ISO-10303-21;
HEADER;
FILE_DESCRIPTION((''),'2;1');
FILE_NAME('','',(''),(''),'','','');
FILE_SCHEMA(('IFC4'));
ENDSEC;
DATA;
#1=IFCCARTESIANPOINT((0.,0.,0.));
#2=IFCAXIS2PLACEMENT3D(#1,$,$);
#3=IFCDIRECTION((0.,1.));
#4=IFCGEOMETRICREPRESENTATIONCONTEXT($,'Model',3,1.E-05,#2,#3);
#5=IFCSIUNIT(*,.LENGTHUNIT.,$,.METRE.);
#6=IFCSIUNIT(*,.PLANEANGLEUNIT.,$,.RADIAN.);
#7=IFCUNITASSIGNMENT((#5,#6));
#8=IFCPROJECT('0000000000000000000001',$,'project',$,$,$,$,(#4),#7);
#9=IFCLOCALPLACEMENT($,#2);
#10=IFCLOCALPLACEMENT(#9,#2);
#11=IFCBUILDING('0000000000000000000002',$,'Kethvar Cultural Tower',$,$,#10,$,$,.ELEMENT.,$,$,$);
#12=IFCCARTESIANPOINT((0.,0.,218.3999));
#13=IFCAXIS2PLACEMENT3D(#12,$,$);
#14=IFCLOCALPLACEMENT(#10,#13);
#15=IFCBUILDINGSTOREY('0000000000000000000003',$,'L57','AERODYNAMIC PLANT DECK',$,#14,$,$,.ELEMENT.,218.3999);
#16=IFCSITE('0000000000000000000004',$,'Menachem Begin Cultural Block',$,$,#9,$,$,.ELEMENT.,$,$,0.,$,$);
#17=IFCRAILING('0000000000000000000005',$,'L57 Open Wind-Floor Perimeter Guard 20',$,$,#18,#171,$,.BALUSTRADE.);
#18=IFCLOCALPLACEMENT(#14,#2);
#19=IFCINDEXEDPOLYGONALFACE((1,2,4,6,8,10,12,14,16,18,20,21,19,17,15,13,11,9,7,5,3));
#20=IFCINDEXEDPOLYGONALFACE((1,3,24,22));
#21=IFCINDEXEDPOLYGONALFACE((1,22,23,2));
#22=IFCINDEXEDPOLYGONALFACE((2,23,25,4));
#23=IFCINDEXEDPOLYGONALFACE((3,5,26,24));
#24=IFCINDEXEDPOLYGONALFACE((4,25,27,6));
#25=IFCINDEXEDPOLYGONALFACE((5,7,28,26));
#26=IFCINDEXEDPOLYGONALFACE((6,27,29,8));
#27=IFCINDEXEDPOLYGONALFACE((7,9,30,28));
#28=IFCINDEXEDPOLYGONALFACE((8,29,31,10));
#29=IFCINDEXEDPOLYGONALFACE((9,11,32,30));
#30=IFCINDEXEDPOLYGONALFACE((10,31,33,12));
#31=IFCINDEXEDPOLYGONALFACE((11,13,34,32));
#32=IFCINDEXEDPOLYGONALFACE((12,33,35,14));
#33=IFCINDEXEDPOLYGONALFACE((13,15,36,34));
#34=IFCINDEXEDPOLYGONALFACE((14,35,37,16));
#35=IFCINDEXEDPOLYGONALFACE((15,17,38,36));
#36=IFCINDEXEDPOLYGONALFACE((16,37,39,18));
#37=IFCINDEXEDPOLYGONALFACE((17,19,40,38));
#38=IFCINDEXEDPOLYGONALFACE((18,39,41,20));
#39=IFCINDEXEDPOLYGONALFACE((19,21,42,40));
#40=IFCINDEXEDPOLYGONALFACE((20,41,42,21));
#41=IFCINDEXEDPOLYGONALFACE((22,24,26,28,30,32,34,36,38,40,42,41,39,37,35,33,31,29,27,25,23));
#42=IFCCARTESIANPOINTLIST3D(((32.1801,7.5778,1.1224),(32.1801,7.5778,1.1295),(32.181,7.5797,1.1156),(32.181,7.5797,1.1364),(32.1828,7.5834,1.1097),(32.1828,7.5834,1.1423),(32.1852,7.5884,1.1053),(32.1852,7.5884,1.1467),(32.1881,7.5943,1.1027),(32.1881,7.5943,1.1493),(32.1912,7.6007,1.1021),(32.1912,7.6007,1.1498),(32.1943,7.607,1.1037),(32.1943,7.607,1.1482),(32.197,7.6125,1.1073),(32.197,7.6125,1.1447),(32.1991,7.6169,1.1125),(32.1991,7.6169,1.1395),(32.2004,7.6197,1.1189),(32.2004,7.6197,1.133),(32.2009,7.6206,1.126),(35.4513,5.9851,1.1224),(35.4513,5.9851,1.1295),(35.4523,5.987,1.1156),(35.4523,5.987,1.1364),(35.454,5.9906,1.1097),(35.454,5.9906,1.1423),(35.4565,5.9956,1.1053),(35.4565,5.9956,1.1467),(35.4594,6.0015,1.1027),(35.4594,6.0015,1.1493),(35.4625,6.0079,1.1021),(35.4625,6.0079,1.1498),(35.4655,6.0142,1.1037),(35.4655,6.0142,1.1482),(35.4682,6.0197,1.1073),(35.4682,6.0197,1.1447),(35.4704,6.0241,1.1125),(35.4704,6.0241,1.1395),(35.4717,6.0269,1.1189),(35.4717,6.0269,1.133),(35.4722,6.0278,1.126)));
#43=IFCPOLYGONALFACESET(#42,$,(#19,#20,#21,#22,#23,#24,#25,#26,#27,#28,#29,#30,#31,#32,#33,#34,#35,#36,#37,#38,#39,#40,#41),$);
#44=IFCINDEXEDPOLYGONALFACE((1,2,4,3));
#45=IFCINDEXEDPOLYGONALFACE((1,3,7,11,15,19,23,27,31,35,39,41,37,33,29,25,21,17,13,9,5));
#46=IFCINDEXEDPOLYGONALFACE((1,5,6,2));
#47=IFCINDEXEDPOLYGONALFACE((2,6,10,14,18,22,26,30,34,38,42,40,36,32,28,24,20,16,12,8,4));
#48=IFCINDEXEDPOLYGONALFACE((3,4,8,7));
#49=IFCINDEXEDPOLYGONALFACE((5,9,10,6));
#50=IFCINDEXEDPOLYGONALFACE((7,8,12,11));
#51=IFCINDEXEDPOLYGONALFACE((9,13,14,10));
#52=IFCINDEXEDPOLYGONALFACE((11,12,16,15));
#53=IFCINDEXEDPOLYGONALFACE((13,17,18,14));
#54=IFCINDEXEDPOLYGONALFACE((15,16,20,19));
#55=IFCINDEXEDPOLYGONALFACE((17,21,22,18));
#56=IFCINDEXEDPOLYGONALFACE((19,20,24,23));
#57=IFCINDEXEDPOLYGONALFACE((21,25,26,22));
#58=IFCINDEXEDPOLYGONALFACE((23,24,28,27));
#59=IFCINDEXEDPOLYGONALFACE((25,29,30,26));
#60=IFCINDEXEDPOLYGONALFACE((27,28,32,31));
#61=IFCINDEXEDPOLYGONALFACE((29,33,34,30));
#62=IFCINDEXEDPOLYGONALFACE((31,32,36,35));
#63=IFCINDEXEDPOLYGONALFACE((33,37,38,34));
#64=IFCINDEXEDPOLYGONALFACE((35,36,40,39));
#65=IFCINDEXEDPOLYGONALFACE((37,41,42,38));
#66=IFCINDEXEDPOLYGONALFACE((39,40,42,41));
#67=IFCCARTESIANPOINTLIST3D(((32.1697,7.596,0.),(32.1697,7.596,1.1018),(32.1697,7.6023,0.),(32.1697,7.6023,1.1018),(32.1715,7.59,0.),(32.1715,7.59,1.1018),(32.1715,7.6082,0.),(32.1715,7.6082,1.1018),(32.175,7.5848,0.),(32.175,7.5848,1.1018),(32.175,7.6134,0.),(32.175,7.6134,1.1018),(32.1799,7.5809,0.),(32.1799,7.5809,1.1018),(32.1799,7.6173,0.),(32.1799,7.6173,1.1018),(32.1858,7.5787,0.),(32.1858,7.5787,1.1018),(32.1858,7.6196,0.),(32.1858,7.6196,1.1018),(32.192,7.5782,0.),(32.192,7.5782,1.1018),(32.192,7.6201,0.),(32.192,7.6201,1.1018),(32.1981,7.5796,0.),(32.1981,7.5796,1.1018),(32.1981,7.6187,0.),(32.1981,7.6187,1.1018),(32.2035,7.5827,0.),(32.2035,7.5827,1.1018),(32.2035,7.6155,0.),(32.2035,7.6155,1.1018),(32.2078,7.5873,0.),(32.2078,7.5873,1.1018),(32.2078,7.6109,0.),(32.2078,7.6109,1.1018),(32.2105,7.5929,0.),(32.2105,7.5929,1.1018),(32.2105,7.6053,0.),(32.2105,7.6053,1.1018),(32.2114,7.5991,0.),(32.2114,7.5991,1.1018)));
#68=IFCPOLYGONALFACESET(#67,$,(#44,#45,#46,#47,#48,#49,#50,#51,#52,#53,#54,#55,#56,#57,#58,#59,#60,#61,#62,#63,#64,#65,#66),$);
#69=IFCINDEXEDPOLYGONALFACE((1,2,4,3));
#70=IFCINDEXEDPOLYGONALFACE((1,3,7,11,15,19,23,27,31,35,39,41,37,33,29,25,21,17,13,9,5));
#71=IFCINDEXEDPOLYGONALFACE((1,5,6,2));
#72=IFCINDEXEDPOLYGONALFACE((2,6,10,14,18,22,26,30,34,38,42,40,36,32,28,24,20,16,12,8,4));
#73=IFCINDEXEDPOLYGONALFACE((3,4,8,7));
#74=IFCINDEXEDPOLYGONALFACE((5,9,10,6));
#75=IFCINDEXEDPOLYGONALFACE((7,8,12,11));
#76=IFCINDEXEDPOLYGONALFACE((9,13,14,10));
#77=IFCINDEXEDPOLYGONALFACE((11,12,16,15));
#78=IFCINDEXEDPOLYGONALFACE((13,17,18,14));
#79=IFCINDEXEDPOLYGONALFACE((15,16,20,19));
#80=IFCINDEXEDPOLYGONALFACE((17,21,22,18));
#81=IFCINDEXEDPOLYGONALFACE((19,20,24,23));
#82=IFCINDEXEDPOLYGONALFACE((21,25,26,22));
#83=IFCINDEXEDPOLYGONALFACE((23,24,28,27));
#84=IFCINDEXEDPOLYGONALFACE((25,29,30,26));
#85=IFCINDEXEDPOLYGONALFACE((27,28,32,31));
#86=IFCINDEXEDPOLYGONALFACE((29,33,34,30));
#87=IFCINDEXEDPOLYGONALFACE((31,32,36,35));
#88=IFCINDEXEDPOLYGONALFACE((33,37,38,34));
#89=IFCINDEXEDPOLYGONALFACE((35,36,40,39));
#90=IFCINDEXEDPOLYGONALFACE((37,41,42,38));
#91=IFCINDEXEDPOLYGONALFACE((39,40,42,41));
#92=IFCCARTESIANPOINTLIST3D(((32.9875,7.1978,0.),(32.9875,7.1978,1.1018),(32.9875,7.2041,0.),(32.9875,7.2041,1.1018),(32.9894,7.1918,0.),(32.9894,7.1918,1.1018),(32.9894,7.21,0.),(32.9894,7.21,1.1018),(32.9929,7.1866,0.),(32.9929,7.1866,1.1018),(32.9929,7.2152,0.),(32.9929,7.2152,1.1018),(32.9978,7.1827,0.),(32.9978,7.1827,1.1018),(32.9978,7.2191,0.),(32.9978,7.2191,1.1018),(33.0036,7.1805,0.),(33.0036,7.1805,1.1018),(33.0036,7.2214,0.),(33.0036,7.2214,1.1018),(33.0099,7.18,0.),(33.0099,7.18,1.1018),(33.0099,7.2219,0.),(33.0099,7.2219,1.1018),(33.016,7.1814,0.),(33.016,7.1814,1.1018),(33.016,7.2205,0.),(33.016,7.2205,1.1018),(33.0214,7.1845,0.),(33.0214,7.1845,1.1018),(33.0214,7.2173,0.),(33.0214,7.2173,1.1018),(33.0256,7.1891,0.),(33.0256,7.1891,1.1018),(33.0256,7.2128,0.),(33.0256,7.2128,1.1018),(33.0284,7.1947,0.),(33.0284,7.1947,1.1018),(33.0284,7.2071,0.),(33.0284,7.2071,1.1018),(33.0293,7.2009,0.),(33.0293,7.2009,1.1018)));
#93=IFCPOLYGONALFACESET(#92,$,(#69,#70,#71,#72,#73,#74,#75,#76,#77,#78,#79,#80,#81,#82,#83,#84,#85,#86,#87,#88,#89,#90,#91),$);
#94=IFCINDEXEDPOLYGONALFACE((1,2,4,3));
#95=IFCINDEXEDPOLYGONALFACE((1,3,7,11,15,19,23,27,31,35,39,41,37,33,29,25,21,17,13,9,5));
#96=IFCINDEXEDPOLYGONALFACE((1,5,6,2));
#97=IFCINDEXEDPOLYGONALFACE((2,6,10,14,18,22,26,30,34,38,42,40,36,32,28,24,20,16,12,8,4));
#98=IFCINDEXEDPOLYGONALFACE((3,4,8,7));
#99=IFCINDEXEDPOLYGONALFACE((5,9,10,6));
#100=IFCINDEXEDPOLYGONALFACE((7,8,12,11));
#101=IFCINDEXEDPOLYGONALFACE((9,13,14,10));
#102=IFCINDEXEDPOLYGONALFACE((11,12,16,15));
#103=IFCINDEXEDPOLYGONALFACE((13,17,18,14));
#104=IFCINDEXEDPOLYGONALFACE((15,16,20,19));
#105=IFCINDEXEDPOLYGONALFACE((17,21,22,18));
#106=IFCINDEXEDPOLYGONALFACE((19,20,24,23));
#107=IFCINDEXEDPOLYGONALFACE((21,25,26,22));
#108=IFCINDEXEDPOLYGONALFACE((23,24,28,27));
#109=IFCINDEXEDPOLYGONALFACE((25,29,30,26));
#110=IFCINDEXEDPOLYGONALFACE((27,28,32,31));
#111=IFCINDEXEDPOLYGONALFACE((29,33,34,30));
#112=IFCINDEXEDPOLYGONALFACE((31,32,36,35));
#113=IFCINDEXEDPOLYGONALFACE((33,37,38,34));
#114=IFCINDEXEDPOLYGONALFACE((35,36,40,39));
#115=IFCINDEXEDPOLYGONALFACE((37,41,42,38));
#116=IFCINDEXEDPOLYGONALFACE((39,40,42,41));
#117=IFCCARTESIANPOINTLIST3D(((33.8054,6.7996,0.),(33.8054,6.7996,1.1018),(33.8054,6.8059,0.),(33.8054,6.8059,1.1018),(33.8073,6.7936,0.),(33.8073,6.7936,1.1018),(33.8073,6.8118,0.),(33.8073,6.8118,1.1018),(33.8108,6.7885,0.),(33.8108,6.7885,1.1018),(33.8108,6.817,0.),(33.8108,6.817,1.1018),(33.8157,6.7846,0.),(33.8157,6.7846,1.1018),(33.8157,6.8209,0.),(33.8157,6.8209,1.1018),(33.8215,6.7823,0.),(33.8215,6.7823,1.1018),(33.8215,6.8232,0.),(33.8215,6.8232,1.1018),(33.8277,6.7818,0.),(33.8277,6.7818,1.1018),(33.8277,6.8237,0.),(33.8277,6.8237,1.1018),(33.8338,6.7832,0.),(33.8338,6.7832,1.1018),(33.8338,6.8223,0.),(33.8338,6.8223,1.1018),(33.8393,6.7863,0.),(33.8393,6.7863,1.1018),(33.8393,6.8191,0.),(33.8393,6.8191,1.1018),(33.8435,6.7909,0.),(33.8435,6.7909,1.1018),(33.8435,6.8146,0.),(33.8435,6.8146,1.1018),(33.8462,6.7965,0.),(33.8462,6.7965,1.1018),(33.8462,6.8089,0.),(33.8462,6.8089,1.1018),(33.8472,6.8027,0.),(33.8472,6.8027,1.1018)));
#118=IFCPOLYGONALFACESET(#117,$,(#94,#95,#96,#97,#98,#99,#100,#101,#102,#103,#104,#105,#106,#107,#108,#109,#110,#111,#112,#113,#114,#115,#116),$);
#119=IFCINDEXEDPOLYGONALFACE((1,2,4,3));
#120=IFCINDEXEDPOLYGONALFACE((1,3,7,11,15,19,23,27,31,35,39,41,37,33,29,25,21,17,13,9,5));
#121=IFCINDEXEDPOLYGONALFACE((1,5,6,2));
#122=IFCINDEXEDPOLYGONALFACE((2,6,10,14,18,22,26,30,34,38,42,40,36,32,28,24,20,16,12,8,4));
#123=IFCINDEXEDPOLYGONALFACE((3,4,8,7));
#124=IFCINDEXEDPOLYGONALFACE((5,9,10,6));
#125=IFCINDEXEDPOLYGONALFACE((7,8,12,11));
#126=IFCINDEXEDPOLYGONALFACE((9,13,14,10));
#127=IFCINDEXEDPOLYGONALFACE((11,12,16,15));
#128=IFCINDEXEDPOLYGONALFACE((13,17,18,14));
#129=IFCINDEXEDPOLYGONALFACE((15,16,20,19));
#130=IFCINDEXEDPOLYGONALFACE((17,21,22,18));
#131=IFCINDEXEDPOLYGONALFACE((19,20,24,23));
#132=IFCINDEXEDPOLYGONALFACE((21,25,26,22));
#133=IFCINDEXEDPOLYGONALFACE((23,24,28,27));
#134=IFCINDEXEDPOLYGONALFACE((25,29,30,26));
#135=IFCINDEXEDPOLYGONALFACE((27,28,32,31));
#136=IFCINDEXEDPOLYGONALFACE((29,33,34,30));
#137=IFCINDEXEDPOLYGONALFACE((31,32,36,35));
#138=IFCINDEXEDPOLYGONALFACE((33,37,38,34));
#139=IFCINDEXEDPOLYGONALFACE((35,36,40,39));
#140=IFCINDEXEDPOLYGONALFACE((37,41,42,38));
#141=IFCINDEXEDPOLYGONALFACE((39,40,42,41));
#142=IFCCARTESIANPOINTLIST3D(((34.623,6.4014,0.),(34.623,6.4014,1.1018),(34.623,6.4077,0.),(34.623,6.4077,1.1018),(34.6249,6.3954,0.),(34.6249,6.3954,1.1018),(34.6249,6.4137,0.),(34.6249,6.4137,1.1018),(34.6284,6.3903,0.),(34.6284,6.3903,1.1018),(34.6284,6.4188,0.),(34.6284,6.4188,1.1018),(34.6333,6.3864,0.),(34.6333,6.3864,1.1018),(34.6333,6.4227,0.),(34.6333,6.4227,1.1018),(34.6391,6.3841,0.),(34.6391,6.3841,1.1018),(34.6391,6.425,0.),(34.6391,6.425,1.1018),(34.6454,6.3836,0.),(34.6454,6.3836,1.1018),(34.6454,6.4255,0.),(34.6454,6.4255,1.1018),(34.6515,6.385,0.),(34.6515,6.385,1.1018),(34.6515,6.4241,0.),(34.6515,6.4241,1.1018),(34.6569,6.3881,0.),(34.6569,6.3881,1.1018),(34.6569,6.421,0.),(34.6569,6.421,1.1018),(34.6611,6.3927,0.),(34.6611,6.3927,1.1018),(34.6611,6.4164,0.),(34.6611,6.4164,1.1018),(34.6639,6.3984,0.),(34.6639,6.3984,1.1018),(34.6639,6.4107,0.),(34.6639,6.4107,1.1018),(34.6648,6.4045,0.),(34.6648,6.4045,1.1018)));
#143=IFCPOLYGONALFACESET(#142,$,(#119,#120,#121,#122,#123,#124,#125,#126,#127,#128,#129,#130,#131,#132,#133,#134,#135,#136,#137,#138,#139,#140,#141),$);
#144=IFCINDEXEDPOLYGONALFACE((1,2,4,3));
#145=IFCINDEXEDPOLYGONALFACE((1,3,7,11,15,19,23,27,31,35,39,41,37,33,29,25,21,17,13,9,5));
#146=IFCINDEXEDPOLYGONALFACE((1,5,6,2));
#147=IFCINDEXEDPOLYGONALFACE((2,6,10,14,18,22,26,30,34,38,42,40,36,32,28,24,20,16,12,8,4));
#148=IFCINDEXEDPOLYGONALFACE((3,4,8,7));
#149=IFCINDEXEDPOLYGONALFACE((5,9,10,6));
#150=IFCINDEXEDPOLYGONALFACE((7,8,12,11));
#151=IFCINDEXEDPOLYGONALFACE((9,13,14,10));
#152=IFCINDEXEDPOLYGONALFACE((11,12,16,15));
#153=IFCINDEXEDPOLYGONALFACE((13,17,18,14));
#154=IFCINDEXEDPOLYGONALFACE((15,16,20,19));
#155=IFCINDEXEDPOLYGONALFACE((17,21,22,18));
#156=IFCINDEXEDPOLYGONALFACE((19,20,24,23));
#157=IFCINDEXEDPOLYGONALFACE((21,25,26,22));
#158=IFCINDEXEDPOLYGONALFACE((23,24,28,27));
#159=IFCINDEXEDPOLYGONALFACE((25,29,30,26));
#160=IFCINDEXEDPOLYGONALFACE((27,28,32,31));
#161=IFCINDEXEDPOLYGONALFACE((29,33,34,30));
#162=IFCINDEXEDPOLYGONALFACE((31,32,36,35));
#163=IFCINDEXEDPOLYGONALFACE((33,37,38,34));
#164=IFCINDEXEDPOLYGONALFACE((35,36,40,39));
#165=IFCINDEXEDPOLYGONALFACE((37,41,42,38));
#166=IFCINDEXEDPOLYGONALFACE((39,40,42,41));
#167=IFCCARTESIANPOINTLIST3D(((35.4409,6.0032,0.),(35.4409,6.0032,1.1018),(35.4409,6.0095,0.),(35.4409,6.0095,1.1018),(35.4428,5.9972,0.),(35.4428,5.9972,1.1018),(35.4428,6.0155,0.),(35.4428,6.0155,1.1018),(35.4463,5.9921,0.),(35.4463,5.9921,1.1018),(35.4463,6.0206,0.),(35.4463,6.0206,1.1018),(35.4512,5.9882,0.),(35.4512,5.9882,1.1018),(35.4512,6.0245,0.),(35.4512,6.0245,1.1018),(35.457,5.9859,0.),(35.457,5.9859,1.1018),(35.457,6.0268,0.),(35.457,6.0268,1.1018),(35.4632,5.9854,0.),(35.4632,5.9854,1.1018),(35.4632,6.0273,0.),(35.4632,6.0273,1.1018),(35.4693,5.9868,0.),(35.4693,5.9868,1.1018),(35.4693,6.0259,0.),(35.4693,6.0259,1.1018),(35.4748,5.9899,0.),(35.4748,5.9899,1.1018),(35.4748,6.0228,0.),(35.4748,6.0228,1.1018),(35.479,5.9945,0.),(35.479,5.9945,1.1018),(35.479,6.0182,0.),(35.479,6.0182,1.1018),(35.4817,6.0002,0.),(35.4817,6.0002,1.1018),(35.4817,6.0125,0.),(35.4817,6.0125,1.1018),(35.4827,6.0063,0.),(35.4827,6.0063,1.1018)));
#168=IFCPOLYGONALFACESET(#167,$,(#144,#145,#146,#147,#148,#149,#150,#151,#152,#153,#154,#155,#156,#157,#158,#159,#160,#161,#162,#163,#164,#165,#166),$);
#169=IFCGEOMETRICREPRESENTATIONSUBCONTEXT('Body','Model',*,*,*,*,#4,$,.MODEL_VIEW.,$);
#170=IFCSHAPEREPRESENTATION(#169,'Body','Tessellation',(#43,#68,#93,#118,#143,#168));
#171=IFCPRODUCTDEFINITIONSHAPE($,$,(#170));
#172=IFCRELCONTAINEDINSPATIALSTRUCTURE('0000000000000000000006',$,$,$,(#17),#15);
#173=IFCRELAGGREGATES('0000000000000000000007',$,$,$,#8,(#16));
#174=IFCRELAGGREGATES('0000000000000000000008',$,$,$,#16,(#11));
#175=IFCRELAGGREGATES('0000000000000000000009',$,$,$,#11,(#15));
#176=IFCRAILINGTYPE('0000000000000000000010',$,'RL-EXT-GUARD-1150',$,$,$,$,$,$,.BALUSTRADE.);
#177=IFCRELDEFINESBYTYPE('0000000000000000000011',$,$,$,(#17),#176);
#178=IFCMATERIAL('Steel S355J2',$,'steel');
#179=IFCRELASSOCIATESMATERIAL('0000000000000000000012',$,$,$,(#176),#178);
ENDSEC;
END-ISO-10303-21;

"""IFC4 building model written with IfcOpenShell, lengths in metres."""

from ifc_helpers import new_model, si_unit, direction, frame, origin, origin_2d, place, context, subcontext, project, spatial, circle, extrude, material, type_object, element, save


model = new_model("IFC4")

# Units and contexts
model_context = context("Model", 3, precision=1e-05, world=origin(), true_north=direction((0.0, 1.0)))
body_context = subcontext(model_context, "Body", "Model", "MODEL_VIEW")
ifc_project = project(units=[si_unit("LENGTHUNIT", "METRE"), si_unit("PLANEANGLEUNIT", "RADIAN")], contexts=[model_context])

# Site, building, storey
site_placement = place(None, origin())
site = spatial("IfcSite", under=ifc_project, at=site_placement, Name="Menachem Begin Cultural Block", CompositionType="ELEMENT", RefElevation=0.0)
building_placement = place(site_placement, origin())
building = spatial("IfcBuilding", under=site, at=building_placement, Name="Kethvar Cultural Tower", CompositionType="ELEMENT")
storey_placement = place(building_placement, frame((0.0, 0.0, 218.3999)))
storey = spatial("IfcBuildingStorey", under=building, at=storey_placement, Name="L57", Description="AERODYNAMIC PLANT DECK", CompositionType="ELEMENT", Elevation=218.3999)

# Shared definitions
ifc_material_1 = material(Name="Steel S355J2", Category="steel")

# Railing
railing_type_1 = type_object("IfcRailingType", Name="RL-EXT-GUARD-1150", PredefinedType="BALUSTRADE", material=ifc_material_1)
railing_1_placement = place(storey_placement, frame((32.1904, 7.5991, 0.0)))
element("IfcRailing", 1, at=railing_1_placement, inside=storey, type_object=railing_type_1, Name="L57 Open Wind-Floor Perimeter Guard 20", PredefinedType="BALUSTRADE", context=body_context, shape_type="SweptSolid", body=[
    extrude(circle(Radius=0.0239, at=origin_2d()), frame((0.0, 0.0, 1.126), z_axis=(0.899088, -0.437768, 0.0), x_axis=(0.437768, 0.899088, 0.0)), (0.0, 0.0, 1.0), 3.6384),
    extrude(circle(Radius=0.021, at=origin_2d()), origin(), (0.0, 0.0, 1.0), 1.1018),
    extrude(circle(Radius=0.021, at=origin_2d()), frame((0.8179, -0.3982, 0.0)), (0.0, 0.0, 1.0), 1.1018),
    extrude(circle(Radius=0.021, at=origin_2d()), frame((1.6357, -0.7964, 0.0)), (0.0, 0.0, 1.0), 1.1018),
    extrude(circle(Radius=0.021, at=origin_2d()), frame((2.4534, -1.1946, 0.0)), (0.0, 0.0, 1.0), 1.1018),
    extrude(circle(Radius=0.021, at=origin_2d()), frame((3.2712, -1.5928, 0.0)), (0.0, 0.0, 1.0), 1.1018),
])

save(model, "model.ifc")
